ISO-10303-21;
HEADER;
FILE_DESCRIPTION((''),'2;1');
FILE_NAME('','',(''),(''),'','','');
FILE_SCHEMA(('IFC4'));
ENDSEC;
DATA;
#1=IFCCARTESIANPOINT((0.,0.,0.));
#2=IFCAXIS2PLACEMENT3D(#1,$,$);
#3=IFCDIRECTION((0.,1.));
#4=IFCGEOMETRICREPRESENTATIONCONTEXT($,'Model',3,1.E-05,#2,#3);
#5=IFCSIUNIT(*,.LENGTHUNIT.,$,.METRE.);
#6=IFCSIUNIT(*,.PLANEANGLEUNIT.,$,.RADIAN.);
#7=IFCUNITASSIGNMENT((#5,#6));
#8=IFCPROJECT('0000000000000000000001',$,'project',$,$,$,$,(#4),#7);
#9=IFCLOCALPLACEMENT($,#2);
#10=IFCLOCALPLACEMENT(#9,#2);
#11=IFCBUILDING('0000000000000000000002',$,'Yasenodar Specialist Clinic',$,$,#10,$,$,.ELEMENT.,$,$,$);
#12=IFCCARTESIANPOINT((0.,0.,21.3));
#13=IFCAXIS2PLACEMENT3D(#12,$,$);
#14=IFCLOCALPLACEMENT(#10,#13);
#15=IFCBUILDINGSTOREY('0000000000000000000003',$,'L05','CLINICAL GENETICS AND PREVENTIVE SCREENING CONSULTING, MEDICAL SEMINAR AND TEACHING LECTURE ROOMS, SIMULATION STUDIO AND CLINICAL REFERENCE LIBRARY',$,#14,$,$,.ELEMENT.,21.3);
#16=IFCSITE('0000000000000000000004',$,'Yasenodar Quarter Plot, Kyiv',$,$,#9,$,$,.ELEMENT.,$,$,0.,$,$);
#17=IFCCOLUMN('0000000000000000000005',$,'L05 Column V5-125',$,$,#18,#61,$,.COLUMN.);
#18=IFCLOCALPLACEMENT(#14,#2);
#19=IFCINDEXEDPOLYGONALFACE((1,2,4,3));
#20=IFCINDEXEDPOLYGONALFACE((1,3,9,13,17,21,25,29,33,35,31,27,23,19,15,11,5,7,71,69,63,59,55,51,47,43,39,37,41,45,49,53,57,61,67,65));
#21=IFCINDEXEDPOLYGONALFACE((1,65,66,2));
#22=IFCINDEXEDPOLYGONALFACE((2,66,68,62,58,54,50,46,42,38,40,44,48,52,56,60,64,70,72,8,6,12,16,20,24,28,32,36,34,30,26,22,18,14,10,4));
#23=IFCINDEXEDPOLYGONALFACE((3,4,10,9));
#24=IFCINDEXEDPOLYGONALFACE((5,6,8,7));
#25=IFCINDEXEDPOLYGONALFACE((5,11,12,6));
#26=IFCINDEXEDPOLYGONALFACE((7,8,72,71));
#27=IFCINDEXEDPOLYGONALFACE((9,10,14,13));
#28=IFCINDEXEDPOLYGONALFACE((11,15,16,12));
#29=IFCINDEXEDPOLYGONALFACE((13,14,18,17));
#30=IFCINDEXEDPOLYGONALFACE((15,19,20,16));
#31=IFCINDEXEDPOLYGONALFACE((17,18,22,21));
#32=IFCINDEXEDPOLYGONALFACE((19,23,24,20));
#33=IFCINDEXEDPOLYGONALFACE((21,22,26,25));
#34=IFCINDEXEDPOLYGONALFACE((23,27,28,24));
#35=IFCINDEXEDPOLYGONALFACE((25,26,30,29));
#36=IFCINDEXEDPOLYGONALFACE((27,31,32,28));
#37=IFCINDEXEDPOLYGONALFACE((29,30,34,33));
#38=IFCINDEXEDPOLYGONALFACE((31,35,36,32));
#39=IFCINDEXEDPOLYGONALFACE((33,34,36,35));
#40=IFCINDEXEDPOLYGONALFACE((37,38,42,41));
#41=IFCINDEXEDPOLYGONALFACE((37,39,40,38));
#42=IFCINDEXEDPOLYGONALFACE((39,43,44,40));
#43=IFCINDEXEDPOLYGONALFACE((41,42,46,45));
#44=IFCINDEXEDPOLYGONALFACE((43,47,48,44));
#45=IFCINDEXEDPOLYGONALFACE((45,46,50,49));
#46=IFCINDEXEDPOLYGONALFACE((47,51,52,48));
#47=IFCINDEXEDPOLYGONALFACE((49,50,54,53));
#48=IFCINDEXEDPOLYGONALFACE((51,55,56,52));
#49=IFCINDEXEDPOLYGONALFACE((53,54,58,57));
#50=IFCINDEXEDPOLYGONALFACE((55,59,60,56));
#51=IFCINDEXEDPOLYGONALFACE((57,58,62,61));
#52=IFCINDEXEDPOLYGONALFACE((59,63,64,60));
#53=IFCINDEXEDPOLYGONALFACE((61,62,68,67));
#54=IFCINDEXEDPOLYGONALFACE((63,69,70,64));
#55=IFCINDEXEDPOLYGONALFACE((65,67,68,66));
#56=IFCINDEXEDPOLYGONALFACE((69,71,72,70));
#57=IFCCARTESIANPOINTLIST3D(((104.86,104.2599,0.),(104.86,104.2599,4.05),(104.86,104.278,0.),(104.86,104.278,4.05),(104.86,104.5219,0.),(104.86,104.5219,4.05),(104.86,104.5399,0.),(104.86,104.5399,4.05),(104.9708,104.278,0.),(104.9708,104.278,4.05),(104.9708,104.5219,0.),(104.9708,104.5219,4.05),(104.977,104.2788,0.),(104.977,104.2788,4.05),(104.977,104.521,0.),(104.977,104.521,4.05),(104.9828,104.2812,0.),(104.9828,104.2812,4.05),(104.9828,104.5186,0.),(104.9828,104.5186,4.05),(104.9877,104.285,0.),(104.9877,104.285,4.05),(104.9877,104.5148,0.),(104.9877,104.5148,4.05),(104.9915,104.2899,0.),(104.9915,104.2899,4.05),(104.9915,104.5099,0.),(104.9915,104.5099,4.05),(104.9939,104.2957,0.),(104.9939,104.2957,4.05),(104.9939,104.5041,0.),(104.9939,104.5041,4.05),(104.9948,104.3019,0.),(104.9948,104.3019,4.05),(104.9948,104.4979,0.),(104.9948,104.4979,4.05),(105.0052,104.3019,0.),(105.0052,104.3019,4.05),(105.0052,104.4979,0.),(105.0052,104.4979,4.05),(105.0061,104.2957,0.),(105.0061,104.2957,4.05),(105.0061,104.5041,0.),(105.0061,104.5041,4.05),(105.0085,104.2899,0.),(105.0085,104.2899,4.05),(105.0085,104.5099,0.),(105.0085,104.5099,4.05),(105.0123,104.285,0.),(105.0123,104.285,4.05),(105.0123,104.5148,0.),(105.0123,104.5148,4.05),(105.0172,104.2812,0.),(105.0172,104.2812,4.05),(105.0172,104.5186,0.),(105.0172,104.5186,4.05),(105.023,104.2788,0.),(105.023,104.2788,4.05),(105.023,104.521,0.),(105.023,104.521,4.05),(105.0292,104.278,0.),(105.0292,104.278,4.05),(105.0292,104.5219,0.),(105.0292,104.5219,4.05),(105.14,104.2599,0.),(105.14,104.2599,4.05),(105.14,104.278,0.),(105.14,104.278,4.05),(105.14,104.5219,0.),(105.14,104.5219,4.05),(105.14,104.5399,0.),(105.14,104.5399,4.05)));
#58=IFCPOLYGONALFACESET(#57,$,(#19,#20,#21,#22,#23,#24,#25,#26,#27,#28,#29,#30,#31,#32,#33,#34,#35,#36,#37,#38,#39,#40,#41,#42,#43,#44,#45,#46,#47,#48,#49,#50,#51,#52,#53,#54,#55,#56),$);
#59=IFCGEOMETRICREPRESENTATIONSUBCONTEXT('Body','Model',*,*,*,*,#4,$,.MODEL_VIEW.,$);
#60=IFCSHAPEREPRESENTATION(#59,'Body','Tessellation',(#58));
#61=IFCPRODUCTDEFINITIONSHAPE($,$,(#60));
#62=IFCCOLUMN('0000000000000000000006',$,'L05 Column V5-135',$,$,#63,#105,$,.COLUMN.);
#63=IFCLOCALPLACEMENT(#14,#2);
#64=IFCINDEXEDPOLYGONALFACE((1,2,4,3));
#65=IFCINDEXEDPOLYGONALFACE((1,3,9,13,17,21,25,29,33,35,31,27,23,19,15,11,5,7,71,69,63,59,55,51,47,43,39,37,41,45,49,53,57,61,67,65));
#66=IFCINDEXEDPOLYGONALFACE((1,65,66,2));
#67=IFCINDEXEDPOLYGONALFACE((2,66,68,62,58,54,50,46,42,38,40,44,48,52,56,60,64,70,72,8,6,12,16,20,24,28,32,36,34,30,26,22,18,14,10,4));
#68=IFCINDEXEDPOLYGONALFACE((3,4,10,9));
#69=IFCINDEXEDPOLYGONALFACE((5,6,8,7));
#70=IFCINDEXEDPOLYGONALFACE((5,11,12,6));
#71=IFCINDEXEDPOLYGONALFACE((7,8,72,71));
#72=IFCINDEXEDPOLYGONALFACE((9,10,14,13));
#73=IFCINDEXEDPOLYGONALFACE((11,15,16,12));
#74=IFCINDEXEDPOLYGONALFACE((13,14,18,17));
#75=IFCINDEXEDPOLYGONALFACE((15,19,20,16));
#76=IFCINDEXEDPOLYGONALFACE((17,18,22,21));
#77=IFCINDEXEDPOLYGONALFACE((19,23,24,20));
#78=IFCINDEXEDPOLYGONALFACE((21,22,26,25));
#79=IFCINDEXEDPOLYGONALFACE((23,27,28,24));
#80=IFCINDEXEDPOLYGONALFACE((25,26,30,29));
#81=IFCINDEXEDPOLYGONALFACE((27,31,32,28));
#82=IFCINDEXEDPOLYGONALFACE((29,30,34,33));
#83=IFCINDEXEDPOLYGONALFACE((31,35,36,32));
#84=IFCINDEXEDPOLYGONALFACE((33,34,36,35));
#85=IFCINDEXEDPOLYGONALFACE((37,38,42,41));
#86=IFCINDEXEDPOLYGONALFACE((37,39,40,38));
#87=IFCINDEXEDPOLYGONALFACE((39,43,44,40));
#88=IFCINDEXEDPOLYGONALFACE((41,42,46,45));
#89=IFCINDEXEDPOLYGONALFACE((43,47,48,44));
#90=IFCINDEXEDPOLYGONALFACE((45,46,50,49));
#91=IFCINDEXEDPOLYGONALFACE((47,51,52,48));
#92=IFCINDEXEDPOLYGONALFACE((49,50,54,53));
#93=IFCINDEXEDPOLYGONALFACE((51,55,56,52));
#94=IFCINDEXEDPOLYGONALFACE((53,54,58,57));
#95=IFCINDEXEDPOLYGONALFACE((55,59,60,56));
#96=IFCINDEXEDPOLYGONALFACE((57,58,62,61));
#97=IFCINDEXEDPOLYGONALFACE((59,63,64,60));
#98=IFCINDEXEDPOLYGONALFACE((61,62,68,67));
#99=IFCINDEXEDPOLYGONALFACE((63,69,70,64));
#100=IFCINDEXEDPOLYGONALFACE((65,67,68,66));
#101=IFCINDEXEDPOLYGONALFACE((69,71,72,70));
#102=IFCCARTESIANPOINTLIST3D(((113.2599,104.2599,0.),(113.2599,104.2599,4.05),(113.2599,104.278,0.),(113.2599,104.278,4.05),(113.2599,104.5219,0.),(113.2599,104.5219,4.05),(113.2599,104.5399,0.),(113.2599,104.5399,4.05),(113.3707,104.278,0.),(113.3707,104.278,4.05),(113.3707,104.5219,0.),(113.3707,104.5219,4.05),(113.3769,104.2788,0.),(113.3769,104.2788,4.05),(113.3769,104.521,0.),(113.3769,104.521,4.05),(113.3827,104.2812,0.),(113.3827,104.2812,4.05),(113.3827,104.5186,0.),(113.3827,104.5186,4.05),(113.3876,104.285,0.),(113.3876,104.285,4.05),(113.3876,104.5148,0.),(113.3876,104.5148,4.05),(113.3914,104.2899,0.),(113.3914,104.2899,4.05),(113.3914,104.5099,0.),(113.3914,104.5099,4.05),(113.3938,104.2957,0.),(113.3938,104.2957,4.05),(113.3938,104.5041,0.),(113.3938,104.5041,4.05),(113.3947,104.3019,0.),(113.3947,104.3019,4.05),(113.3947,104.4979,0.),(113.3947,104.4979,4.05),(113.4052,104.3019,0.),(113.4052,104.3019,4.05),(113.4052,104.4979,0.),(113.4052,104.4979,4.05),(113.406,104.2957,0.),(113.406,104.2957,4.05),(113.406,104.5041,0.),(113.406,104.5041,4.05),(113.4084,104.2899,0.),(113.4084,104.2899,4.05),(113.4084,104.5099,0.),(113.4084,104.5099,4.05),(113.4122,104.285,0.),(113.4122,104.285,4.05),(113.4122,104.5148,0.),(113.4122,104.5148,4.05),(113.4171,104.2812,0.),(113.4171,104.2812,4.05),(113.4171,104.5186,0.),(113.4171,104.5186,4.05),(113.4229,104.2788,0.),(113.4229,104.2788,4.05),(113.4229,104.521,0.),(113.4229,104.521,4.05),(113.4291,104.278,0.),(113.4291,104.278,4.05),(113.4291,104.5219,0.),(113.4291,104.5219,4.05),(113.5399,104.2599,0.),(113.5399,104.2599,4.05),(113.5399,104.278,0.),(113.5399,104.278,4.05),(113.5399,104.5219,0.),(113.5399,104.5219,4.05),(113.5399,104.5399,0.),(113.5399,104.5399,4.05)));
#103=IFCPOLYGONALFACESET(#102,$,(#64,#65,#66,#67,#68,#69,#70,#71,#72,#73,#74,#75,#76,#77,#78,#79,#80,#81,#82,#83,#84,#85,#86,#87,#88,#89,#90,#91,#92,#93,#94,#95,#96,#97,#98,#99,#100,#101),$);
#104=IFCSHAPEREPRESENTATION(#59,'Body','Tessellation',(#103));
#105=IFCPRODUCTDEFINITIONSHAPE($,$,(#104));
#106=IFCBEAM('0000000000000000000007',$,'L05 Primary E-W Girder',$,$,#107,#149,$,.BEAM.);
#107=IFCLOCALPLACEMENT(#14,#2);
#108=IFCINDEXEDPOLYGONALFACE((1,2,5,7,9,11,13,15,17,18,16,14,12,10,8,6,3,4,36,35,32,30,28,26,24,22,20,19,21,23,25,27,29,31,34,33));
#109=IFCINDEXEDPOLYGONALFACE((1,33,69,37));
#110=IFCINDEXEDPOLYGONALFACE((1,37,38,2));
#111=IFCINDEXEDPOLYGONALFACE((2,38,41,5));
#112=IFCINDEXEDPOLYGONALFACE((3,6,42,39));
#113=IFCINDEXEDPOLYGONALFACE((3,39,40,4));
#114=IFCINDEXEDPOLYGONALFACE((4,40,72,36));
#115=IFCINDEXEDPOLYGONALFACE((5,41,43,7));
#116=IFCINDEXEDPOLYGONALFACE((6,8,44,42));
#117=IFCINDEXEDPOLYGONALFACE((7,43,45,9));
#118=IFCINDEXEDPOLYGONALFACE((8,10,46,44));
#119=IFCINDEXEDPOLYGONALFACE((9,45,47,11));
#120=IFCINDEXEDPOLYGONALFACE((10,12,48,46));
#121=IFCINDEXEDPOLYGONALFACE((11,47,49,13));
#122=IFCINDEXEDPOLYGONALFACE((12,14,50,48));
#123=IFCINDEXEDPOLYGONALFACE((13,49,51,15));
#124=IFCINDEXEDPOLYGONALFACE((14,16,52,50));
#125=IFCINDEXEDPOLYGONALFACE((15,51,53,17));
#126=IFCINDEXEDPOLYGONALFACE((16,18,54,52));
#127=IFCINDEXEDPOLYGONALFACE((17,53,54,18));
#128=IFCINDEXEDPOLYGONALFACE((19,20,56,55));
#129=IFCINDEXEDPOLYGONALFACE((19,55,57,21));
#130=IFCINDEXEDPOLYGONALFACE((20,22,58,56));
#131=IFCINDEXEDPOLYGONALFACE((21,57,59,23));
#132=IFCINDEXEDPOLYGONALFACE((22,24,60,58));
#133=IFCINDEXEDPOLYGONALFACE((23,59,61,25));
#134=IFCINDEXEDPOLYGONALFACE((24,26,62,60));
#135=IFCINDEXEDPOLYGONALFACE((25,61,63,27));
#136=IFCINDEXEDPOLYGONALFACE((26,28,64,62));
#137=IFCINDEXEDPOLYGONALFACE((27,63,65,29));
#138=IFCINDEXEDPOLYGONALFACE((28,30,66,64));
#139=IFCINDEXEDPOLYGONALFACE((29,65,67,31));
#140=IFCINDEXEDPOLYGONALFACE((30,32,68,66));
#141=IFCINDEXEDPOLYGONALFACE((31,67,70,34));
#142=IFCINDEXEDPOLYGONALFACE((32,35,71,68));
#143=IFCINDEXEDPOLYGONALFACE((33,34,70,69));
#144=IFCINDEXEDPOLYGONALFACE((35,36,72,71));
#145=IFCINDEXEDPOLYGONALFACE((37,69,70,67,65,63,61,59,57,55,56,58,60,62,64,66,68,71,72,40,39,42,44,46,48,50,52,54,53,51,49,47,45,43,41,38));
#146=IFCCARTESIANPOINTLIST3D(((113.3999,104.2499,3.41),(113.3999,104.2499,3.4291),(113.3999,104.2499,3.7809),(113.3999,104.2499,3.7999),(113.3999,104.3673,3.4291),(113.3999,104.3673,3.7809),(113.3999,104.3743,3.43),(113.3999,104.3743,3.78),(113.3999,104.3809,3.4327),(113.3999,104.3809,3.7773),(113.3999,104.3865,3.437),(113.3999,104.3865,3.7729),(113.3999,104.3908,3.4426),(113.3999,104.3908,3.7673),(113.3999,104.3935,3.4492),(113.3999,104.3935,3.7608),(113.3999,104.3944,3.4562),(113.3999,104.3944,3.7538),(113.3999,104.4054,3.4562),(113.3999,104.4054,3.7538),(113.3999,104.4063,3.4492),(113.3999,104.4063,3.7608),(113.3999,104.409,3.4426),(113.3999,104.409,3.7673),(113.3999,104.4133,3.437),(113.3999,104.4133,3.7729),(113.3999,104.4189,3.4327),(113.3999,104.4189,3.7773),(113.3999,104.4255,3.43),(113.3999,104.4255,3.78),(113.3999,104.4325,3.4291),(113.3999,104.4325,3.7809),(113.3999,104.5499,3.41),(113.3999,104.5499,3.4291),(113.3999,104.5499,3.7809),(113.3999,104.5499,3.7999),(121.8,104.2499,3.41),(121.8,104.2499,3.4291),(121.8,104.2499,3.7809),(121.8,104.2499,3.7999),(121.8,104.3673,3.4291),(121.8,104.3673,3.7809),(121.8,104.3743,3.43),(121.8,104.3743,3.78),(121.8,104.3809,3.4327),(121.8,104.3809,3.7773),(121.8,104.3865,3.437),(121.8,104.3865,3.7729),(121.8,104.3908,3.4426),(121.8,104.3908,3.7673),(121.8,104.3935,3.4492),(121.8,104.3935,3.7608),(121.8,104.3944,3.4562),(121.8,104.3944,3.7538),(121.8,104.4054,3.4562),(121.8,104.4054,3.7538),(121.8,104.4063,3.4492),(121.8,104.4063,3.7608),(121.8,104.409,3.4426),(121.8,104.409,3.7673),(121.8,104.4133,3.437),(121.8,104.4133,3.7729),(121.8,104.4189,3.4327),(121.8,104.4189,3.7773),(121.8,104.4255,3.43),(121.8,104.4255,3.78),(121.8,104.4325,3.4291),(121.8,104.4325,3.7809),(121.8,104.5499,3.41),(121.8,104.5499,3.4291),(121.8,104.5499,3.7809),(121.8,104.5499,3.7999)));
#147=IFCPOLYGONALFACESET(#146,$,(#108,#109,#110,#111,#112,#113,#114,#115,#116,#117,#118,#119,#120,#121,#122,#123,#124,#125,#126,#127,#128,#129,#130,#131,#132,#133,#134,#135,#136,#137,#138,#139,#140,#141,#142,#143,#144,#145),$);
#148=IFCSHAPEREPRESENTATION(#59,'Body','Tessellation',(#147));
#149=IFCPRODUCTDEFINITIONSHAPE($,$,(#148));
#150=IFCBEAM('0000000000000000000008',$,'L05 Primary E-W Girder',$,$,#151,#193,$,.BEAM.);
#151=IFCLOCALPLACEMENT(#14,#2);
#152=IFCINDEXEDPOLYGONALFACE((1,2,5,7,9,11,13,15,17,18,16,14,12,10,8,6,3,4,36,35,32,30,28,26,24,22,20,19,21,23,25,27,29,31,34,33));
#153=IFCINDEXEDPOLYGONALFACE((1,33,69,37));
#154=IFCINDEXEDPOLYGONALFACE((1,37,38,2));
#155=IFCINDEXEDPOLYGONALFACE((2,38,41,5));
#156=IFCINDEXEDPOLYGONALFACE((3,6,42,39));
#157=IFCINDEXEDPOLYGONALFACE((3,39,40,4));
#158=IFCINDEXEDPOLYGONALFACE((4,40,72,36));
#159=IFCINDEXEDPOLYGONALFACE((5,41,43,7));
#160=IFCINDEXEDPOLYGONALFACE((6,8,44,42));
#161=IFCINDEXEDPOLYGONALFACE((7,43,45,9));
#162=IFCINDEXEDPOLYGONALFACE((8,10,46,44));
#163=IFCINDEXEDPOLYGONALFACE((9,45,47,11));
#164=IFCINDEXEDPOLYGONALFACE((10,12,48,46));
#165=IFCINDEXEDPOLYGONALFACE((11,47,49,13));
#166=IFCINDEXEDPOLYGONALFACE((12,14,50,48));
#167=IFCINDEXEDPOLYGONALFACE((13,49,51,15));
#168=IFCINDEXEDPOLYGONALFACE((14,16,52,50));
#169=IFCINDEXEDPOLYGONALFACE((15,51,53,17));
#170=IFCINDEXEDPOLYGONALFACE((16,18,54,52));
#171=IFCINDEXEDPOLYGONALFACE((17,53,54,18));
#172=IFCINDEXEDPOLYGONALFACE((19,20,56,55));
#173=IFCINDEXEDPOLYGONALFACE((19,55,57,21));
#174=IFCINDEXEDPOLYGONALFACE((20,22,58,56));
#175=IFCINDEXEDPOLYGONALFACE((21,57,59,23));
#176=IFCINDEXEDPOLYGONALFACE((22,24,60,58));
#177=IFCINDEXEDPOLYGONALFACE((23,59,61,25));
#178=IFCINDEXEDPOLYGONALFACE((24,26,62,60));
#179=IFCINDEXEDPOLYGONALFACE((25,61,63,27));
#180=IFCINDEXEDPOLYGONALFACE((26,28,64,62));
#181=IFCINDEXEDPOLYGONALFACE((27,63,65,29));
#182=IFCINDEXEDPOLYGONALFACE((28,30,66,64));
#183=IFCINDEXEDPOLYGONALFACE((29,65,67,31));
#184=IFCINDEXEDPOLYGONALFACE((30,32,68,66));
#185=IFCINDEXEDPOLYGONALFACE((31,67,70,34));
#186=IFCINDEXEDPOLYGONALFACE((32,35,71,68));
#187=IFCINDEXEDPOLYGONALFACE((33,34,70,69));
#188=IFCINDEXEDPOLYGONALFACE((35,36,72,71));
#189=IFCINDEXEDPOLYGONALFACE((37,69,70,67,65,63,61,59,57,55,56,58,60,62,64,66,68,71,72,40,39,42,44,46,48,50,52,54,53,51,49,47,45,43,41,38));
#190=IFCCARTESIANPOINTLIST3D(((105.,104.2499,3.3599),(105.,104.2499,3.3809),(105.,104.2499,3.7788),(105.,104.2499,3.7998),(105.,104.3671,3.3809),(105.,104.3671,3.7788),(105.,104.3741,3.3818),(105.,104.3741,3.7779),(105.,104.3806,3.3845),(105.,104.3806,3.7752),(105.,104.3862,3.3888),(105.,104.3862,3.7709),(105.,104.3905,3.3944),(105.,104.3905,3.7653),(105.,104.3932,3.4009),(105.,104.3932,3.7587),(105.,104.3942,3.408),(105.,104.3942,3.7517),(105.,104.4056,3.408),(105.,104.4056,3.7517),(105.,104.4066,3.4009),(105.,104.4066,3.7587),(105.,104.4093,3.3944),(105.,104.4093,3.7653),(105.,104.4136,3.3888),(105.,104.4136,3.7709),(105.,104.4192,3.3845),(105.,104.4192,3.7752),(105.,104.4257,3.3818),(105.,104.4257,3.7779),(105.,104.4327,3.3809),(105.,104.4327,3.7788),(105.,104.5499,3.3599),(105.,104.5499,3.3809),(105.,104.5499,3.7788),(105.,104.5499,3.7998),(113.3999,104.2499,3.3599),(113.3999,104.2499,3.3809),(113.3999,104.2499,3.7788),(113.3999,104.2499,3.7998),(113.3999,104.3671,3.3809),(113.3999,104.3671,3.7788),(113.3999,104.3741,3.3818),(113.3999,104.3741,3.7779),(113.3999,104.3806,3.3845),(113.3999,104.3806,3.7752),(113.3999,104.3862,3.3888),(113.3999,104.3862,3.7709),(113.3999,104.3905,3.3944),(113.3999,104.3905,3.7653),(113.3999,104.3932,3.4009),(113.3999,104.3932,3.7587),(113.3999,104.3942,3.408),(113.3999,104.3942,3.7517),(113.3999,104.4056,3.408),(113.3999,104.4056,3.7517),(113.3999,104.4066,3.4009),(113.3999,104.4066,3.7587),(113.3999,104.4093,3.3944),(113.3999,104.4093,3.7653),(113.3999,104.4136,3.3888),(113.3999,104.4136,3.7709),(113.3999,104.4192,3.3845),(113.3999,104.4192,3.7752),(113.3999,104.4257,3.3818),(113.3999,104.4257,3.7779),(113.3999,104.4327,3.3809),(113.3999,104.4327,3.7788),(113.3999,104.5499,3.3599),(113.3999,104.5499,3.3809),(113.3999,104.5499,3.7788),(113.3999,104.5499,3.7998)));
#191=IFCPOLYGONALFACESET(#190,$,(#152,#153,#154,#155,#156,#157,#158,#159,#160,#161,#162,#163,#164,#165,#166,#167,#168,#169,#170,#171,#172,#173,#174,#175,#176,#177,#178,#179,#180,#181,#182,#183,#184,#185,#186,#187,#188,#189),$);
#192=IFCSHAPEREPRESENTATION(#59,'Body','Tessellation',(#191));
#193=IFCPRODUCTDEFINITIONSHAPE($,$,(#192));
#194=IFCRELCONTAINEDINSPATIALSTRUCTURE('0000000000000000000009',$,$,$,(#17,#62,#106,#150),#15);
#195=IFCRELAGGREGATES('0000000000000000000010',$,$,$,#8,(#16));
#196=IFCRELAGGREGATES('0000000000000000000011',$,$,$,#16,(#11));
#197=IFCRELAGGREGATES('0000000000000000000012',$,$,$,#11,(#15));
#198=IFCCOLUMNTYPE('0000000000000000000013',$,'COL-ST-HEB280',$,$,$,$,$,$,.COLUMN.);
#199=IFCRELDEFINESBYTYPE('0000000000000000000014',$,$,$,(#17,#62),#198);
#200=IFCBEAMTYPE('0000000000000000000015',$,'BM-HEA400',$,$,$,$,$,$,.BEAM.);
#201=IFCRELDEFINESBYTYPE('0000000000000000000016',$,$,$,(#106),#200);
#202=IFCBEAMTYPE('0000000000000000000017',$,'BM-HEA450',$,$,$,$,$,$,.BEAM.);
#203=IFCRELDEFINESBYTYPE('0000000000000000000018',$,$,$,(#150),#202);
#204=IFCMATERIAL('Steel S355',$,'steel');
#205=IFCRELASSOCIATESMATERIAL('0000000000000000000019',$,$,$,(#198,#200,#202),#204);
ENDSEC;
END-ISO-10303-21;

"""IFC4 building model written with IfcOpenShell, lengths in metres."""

from ifc_helpers import new_model, si_unit, direction, frame, origin, origin_2d, place, context, subcontext, project, spatial, i_section, extrude, material, material_profile, profile_set, type_object, element, save


model = new_model("IFC4")

# Units and contexts
model_context = context("Model", 3, precision=1e-05, world=origin(), true_north=direction((0.0, 1.0)))
body_context = subcontext(model_context, "Body", "Model", "MODEL_VIEW")
ifc_project = project(units=[si_unit("LENGTHUNIT", "METRE"), si_unit("PLANEANGLEUNIT", "RADIAN")], contexts=[model_context])

# Site, building, storey
site_placement = place(None, origin())
site = spatial("IfcSite", under=ifc_project, at=site_placement, Name="Yasenodar Quarter Plot, Kyiv", CompositionType="ELEMENT", RefElevation=0.0)
building_placement = place(site_placement, origin())
building = spatial("IfcBuilding", under=site, at=building_placement, Name="Yasenodar Specialist Clinic", CompositionType="ELEMENT")
storey_placement = place(building_placement, frame((0.0, 0.0, 21.3)))
storey = spatial("IfcBuildingStorey", under=building, at=storey_placement, Name="L05", Description="CLINICAL GENETICS AND PREVENTIVE SCREENING CONSULTING, MEDICAL SEMINAR AND TEACHING LECTURE ROOMS, SIMULATION STUDIO AND CLINICAL REFERENCE LIBRARY", CompositionType="ELEMENT", Elevation=21.3)

# Columns
ifc_material_1 = material(Name="Steel S355", Category="steel")
ifc_material_profile_1 = material_profile(ifc_material_1, i_section(OverallWidth=0.28, OverallDepth=0.28, WebThickness=0.0105, FlangeThickness=0.0181, FilletRadius=0.0239, at=origin_2d()), Name="HEB 280")
ifc_profile_set_1 = profile_set([ifc_material_profile_1], Name="Steel S355")
column_type = type_object("IfcColumnType", Name="COL-ST-HEB280", PredefinedType="COLUMN", material=ifc_profile_set_1)
for number, where, z_axis, x_axis, name in (
    (1, (105.0, 104.3999, 0.0), (0.0, 0.0, 1.0), (1.0, 0.0, 0.0), "L05 Column V5-125"),
    (2, (113.3999, 104.3999, 0.0), (0.0, 0.0, 1.0), (1.0, 0.0, 0.0), "L05 Column V5-135"),
):
    element("IfcColumn", number, at=place(storey_placement, frame(where, z_axis=z_axis, x_axis=x_axis)), inside=storey, type_object=column_type, Name=name, PredefinedType="COLUMN", context=body_context, shape_type="SweptSolid", body=[
        extrude(i_section(OverallWidth=0.28, OverallDepth=0.28, WebThickness=0.0105, FlangeThickness=0.0181, FilletRadius=0.0239, at=origin_2d()), origin(), (0.0, 0.0, 1.0), 4.05),
    ])

# Beams
ifc_material_profile_2 = material_profile(ifc_material_1, i_section(OverallWidth=0.3, OverallDepth=0.3899, WebThickness=0.011, FlangeThickness=0.019, FilletRadius=0.0271, at=origin_2d()), Name="HEA 400")
ifc_profile_set_2 = profile_set([ifc_material_profile_2], Name="Steel S355")
beam_type_1 = type_object("IfcBeamType", Name="BM-HEA400", PredefinedType="BEAM", material=ifc_profile_set_2)
beam_1_placement = place(storey_placement, frame((113.3999, 104.3999, 3.605), z_axis=(1.0, 0.0, 0.0), x_axis=(0.0, 1.0, 0.0)))
element("IfcBeam", 3, at=beam_1_placement, inside=storey, type_object=beam_type_1, Name="L05 Primary E-W Girder", PredefinedType="BEAM", context=body_context, shape_type="SweptSolid", body=[
    extrude(i_section(OverallWidth=0.3, OverallDepth=0.3899, WebThickness=0.011, FlangeThickness=0.019, FilletRadius=0.0271, at=origin_2d()), origin(), (0.0, 0.0, 1.0), 8.4001),
])
ifc_material_profile_3 = material_profile(ifc_material_1, i_section(OverallWidth=0.3, OverallDepth=0.4399, WebThickness=0.0115, FlangeThickness=0.021, FilletRadius=0.0271, at=origin_2d()), Name="HEA 450")
ifc_profile_set_3 = profile_set([ifc_material_profile_3], Name="Steel S355")
beam_type_2 = type_object("IfcBeamType", Name="BM-HEA450", PredefinedType="BEAM", material=ifc_profile_set_3)
beam_2_placement = place(storey_placement, frame((105.0, 104.3999, 3.5798), z_axis=(1.0, 0.0, 0.0), x_axis=(0.0, 1.0, 0.0)))
element("IfcBeam", 4, at=beam_2_placement, inside=storey, type_object=beam_type_2, Name="L05 Primary E-W Girder", PredefinedType="BEAM", context=body_context, shape_type="SweptSolid", body=[
    extrude(i_section(OverallWidth=0.3, OverallDepth=0.4399, WebThickness=0.0115, FlangeThickness=0.021, FilletRadius=0.0271, at=origin_2d()), origin(), (0.0, 0.0, 1.0), 8.3999),
])

save(model, "model.ifc")
